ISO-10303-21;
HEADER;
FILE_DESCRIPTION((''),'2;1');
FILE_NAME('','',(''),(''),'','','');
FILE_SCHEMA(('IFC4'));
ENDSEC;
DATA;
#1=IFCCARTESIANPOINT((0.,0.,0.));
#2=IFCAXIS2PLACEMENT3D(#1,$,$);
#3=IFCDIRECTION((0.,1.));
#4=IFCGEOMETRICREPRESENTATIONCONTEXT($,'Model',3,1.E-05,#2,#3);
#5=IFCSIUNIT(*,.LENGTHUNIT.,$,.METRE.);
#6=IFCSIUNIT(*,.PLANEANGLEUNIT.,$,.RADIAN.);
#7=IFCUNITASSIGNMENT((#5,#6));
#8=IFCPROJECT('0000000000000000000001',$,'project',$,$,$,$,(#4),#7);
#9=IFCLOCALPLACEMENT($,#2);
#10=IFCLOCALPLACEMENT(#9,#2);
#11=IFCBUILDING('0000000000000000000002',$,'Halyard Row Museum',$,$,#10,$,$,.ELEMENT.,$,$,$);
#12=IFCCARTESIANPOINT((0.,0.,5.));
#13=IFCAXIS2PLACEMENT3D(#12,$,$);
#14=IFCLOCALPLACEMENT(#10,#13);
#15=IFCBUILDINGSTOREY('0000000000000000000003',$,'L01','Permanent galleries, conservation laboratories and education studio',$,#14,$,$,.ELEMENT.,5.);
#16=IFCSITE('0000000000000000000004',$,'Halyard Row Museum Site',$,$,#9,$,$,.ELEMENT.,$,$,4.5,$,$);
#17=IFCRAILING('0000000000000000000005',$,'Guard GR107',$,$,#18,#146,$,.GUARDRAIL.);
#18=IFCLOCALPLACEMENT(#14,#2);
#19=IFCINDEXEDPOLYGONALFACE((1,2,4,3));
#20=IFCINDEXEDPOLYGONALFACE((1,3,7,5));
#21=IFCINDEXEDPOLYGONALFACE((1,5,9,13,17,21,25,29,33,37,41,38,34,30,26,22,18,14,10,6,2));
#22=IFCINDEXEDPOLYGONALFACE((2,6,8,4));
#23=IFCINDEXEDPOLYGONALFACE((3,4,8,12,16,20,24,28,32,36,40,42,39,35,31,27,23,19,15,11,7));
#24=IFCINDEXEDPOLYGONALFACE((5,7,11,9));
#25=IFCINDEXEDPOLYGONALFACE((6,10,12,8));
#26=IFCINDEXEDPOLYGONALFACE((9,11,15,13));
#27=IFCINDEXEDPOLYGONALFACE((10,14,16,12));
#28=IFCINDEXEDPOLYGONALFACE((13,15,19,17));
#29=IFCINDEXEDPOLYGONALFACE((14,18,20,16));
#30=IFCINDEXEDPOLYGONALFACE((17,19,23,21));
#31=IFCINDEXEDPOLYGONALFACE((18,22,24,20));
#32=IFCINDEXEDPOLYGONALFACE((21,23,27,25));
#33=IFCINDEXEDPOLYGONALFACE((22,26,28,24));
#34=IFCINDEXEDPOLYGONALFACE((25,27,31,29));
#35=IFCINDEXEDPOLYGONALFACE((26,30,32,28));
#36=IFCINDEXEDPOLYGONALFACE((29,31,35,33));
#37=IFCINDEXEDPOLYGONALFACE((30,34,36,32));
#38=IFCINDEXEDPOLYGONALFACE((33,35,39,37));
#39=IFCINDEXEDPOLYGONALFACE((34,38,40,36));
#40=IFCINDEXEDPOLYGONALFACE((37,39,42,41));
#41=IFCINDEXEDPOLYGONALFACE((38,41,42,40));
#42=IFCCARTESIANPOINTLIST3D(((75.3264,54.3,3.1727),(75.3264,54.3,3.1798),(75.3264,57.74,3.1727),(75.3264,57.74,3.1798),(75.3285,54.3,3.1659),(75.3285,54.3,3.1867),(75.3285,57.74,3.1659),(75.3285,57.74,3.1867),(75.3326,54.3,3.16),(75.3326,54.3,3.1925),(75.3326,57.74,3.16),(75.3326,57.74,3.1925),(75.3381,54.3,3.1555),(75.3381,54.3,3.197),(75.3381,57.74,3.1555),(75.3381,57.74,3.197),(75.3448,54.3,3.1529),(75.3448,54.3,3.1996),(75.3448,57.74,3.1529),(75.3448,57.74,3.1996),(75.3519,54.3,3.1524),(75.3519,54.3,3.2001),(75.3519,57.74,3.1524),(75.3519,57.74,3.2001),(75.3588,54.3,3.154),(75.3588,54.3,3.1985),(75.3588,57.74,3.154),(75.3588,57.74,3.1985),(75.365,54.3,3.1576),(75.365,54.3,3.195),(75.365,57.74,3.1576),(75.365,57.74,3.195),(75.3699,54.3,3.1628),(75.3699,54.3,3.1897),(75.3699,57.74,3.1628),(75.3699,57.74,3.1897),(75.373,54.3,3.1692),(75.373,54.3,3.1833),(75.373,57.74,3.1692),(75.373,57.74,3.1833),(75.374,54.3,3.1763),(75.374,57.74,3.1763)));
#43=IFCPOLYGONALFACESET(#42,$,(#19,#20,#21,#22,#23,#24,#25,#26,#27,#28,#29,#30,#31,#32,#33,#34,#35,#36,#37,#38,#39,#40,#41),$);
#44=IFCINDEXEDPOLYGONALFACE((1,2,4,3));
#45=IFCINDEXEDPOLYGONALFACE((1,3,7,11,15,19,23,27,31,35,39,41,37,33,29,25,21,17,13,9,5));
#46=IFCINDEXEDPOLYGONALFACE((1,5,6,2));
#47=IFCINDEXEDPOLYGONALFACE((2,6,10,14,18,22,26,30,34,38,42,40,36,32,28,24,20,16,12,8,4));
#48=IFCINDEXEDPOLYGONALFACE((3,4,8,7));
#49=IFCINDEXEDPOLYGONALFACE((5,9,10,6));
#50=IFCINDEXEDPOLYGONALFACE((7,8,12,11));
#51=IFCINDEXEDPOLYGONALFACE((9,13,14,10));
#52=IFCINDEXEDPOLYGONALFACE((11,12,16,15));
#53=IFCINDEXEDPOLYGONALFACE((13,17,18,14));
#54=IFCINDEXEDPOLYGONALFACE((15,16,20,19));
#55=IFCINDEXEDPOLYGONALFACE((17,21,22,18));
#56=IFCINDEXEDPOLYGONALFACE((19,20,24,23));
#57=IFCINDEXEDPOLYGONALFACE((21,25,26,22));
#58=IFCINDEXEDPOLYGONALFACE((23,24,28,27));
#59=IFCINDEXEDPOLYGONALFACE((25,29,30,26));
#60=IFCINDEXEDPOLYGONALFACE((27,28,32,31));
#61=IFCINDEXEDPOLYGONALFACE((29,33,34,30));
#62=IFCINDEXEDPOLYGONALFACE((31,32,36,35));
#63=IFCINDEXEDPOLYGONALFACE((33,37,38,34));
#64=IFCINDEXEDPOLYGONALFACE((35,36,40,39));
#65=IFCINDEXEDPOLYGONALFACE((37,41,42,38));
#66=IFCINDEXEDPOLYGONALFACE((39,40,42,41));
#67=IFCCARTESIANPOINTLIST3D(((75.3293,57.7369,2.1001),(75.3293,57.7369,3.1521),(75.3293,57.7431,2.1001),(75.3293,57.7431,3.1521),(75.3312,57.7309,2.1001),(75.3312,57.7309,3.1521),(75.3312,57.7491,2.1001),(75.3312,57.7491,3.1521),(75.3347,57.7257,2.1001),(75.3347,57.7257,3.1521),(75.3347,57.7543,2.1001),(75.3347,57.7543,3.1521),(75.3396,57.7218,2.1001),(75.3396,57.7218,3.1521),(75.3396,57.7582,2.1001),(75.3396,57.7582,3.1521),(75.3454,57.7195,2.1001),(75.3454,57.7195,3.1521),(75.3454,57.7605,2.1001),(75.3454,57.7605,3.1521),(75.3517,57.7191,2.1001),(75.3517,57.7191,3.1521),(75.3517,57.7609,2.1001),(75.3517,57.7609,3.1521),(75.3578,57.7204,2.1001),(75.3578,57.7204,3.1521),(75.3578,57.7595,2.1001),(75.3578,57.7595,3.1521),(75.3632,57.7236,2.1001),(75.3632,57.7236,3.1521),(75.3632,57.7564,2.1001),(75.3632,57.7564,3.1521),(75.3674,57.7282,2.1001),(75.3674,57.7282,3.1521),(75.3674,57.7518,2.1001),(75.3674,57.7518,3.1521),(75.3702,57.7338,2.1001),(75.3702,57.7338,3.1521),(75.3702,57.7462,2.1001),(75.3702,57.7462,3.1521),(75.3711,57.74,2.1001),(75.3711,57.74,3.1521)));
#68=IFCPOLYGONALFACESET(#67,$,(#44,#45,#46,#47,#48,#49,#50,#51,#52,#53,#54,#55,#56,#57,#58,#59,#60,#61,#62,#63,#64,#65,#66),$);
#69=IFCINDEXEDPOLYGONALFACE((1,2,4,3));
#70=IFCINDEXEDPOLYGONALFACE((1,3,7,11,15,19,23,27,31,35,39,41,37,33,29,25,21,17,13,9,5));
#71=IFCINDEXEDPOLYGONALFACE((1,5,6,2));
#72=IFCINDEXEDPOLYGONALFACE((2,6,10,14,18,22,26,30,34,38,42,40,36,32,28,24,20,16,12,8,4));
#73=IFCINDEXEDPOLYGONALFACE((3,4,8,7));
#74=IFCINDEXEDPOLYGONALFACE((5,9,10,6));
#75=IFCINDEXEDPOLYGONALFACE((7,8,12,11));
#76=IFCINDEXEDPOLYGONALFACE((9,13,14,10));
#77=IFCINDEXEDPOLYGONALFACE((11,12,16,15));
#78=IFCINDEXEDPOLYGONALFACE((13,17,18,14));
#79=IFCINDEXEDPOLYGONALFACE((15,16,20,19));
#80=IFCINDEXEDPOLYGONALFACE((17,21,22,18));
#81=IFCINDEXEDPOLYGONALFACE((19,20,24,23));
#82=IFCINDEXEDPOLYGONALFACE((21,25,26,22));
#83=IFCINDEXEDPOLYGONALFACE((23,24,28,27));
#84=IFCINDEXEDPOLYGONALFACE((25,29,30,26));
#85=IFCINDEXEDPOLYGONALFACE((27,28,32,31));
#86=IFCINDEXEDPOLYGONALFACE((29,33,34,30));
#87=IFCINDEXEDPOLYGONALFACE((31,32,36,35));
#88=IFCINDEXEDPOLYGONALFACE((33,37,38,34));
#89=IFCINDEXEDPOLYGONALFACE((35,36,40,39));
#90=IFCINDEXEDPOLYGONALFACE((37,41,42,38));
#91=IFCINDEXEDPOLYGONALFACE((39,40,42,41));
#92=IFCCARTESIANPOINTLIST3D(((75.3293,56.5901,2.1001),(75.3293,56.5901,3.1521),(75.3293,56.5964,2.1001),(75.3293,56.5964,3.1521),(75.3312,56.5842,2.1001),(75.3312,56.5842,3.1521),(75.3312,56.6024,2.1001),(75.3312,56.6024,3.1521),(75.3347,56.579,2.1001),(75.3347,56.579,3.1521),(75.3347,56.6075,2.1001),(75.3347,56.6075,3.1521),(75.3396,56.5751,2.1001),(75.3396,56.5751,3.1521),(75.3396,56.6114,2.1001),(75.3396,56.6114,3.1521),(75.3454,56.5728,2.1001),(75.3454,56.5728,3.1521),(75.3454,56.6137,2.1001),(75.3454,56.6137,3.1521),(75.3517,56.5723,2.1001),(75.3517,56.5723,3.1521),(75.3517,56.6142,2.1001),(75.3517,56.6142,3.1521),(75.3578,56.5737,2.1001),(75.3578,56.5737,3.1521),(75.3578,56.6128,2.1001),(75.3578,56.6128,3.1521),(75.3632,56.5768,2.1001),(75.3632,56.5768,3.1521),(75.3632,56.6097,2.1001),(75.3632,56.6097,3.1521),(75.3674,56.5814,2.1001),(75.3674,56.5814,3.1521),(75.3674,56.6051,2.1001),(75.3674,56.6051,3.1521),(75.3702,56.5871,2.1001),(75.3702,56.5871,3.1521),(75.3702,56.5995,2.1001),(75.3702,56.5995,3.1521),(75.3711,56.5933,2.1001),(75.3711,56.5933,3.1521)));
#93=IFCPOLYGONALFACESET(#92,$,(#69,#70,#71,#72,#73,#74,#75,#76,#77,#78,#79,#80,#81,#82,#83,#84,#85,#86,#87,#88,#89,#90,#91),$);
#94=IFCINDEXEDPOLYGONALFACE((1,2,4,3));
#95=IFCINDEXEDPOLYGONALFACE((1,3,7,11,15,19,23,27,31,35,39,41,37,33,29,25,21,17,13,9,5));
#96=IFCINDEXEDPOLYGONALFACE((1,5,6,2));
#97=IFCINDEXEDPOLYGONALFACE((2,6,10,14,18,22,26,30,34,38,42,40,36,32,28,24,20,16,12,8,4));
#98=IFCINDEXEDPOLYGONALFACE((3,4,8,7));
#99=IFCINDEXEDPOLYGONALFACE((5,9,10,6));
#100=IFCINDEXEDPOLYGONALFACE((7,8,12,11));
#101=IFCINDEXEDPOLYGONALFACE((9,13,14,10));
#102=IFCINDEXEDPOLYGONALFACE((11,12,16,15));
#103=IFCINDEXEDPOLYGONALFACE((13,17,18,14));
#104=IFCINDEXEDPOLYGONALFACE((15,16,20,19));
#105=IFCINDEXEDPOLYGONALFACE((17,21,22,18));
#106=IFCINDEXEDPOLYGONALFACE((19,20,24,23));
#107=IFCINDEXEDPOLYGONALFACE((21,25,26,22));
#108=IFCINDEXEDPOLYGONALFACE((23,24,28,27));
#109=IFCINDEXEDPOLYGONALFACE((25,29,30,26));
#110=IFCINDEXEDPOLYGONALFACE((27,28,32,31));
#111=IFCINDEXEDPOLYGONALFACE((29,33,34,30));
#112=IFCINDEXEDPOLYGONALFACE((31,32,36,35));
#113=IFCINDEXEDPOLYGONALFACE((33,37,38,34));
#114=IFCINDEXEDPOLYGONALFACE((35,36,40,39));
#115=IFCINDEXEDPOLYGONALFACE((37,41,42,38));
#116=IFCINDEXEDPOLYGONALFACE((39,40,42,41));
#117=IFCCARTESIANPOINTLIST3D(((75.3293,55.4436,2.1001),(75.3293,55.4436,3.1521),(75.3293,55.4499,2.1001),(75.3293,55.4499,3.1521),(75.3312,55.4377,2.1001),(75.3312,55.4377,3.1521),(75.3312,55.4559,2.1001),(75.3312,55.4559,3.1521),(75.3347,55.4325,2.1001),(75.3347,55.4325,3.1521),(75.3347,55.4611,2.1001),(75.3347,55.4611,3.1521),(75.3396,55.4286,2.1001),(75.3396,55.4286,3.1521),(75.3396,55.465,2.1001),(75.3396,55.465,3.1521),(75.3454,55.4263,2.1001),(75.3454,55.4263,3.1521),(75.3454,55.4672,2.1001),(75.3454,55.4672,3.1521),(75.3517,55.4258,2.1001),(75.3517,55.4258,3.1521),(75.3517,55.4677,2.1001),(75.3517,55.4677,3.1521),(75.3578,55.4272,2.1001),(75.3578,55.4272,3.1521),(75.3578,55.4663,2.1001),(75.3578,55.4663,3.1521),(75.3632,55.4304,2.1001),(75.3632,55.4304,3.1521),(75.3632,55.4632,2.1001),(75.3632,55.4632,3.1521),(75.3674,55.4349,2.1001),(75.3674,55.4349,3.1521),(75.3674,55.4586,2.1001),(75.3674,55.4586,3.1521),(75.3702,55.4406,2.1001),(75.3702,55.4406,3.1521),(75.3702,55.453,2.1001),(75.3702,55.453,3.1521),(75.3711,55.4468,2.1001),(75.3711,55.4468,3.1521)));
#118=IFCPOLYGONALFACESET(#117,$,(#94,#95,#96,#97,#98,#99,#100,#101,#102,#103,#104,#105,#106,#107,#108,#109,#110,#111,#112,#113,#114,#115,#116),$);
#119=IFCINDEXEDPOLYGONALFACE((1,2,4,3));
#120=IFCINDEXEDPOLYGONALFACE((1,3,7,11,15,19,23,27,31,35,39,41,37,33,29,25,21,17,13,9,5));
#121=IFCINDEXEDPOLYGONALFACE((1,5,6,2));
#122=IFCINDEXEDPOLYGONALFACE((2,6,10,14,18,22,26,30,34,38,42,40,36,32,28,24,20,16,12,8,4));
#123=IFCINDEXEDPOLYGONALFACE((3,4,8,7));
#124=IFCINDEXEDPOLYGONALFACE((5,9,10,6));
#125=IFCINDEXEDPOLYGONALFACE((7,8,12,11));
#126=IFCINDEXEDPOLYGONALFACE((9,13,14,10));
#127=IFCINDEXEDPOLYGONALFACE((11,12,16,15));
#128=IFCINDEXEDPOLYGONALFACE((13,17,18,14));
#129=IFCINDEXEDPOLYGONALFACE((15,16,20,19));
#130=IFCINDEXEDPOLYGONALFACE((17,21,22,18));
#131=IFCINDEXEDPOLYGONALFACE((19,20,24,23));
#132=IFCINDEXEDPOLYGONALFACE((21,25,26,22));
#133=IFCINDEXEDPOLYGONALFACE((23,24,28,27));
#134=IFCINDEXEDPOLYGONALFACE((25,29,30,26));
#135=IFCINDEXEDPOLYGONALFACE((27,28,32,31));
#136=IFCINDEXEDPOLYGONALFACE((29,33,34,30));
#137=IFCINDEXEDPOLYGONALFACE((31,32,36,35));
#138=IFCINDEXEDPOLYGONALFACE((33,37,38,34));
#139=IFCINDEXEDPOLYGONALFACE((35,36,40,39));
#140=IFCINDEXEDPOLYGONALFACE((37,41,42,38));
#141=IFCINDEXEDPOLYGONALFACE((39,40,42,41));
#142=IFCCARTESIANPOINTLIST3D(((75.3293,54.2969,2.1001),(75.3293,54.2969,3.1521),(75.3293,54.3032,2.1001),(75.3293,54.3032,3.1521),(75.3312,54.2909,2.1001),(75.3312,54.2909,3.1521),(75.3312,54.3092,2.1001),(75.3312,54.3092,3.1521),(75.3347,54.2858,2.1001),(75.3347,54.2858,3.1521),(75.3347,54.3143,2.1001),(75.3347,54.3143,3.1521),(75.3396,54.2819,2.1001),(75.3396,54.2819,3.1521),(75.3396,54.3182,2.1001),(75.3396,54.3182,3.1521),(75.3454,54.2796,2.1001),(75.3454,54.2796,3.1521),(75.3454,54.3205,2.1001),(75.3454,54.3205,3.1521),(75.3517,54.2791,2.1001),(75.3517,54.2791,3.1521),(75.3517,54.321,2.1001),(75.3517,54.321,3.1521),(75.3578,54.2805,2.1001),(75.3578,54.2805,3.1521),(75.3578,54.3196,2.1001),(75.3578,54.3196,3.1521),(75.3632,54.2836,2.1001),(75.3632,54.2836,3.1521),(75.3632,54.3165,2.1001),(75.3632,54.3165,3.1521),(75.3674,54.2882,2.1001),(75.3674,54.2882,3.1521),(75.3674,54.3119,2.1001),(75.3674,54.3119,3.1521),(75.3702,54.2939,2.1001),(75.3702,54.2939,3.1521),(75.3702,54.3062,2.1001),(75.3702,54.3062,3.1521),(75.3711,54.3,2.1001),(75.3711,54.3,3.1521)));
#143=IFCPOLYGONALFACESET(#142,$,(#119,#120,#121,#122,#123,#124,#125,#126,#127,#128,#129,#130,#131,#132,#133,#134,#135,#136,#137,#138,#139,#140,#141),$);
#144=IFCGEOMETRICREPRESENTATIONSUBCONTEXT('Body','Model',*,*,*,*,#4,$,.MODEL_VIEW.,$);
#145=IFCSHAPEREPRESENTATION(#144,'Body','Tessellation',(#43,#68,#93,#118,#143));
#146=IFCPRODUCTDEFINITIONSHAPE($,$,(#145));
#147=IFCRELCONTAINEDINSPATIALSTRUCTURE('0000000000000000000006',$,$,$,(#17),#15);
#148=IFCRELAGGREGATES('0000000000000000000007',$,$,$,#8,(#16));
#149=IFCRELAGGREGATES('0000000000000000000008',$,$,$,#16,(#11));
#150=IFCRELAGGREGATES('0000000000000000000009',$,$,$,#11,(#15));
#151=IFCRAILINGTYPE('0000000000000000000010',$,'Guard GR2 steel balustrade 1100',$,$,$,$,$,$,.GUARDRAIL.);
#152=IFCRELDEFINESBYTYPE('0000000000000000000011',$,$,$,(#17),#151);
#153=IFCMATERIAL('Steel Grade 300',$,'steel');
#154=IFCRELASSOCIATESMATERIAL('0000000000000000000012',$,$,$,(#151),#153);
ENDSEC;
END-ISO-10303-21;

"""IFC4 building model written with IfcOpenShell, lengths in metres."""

from ifc_helpers import new_model, si_unit, direction, frame, origin, origin_2d, place, context, subcontext, project, spatial, circle, extrude, material, type_object, element, save


model = new_model("IFC4")

# Units and contexts
model_context = context("Model", 3, precision=1e-05, world=origin(), true_north=direction((0.0, 1.0)))
body_context = subcontext(model_context, "Body", "Model", "MODEL_VIEW")
ifc_project = project(units=[si_unit("LENGTHUNIT", "METRE"), si_unit("PLANEANGLEUNIT", "RADIAN")], contexts=[model_context])

# Site, building, storey
site_placement = place(None, origin())
site = spatial("IfcSite", under=ifc_project, at=site_placement, Name="Halyard Row Museum Site", CompositionType="ELEMENT", RefElevation=4.5)
building_placement = place(site_placement, origin())
building = spatial("IfcBuilding", under=site, at=building_placement, Name="Halyard Row Museum", CompositionType="ELEMENT")
storey_placement = place(building_placement, frame((0.0, 0.0, 5.0)))
storey = spatial("IfcBuildingStorey", under=building, at=storey_placement, Name="L01", Description="Permanent galleries, conservation laboratories and education studio", CompositionType="ELEMENT", Elevation=5.0)

# Railing
ifc_material_1 = material(Name="Steel Grade 300", Category="steel")
railing_type_1 = type_object("IfcRailingType", Name="Guard GR2 steel balustrade 1100", PredefinedType="GUARDRAIL", material=ifc_material_1)
railing_1_placement = place(storey_placement, frame((75.3501, 57.74, 2.1001)))
element("IfcRailing", 1, at=railing_1_placement, inside=storey, type_object=railing_type_1, Name="Guard GR107", PredefinedType="GUARDRAIL", context=body_context, shape_type="SweptSolid", body=[
    extrude(circle(Radius=0.0239, at=origin_2d()), frame((0.0, 0.0, 1.0762), z_axis=(0.0, -1.0, 0.0), x_axis=(1.0, 0.0, 0.0)), (0.0, 0.0, 1.0), 3.4399),
    extrude(circle(Radius=0.021, at=origin_2d()), origin(), (0.0, 0.0, 1.0), 1.052),
    extrude(circle(Radius=0.021, at=origin_2d()), frame((0.0, -1.1467, 0.0)), (0.0, 0.0, 1.0), 1.052),
    extrude(circle(Radius=0.021, at=origin_2d()), frame((0.0, -2.2932, 0.0)), (0.0, 0.0, 1.0), 1.052),
    extrude(circle(Radius=0.021, at=origin_2d()), frame((0.0, -3.4399, 0.0)), (0.0, 0.0, 1.0), 1.052),
])

save(model, "model.ifc")
